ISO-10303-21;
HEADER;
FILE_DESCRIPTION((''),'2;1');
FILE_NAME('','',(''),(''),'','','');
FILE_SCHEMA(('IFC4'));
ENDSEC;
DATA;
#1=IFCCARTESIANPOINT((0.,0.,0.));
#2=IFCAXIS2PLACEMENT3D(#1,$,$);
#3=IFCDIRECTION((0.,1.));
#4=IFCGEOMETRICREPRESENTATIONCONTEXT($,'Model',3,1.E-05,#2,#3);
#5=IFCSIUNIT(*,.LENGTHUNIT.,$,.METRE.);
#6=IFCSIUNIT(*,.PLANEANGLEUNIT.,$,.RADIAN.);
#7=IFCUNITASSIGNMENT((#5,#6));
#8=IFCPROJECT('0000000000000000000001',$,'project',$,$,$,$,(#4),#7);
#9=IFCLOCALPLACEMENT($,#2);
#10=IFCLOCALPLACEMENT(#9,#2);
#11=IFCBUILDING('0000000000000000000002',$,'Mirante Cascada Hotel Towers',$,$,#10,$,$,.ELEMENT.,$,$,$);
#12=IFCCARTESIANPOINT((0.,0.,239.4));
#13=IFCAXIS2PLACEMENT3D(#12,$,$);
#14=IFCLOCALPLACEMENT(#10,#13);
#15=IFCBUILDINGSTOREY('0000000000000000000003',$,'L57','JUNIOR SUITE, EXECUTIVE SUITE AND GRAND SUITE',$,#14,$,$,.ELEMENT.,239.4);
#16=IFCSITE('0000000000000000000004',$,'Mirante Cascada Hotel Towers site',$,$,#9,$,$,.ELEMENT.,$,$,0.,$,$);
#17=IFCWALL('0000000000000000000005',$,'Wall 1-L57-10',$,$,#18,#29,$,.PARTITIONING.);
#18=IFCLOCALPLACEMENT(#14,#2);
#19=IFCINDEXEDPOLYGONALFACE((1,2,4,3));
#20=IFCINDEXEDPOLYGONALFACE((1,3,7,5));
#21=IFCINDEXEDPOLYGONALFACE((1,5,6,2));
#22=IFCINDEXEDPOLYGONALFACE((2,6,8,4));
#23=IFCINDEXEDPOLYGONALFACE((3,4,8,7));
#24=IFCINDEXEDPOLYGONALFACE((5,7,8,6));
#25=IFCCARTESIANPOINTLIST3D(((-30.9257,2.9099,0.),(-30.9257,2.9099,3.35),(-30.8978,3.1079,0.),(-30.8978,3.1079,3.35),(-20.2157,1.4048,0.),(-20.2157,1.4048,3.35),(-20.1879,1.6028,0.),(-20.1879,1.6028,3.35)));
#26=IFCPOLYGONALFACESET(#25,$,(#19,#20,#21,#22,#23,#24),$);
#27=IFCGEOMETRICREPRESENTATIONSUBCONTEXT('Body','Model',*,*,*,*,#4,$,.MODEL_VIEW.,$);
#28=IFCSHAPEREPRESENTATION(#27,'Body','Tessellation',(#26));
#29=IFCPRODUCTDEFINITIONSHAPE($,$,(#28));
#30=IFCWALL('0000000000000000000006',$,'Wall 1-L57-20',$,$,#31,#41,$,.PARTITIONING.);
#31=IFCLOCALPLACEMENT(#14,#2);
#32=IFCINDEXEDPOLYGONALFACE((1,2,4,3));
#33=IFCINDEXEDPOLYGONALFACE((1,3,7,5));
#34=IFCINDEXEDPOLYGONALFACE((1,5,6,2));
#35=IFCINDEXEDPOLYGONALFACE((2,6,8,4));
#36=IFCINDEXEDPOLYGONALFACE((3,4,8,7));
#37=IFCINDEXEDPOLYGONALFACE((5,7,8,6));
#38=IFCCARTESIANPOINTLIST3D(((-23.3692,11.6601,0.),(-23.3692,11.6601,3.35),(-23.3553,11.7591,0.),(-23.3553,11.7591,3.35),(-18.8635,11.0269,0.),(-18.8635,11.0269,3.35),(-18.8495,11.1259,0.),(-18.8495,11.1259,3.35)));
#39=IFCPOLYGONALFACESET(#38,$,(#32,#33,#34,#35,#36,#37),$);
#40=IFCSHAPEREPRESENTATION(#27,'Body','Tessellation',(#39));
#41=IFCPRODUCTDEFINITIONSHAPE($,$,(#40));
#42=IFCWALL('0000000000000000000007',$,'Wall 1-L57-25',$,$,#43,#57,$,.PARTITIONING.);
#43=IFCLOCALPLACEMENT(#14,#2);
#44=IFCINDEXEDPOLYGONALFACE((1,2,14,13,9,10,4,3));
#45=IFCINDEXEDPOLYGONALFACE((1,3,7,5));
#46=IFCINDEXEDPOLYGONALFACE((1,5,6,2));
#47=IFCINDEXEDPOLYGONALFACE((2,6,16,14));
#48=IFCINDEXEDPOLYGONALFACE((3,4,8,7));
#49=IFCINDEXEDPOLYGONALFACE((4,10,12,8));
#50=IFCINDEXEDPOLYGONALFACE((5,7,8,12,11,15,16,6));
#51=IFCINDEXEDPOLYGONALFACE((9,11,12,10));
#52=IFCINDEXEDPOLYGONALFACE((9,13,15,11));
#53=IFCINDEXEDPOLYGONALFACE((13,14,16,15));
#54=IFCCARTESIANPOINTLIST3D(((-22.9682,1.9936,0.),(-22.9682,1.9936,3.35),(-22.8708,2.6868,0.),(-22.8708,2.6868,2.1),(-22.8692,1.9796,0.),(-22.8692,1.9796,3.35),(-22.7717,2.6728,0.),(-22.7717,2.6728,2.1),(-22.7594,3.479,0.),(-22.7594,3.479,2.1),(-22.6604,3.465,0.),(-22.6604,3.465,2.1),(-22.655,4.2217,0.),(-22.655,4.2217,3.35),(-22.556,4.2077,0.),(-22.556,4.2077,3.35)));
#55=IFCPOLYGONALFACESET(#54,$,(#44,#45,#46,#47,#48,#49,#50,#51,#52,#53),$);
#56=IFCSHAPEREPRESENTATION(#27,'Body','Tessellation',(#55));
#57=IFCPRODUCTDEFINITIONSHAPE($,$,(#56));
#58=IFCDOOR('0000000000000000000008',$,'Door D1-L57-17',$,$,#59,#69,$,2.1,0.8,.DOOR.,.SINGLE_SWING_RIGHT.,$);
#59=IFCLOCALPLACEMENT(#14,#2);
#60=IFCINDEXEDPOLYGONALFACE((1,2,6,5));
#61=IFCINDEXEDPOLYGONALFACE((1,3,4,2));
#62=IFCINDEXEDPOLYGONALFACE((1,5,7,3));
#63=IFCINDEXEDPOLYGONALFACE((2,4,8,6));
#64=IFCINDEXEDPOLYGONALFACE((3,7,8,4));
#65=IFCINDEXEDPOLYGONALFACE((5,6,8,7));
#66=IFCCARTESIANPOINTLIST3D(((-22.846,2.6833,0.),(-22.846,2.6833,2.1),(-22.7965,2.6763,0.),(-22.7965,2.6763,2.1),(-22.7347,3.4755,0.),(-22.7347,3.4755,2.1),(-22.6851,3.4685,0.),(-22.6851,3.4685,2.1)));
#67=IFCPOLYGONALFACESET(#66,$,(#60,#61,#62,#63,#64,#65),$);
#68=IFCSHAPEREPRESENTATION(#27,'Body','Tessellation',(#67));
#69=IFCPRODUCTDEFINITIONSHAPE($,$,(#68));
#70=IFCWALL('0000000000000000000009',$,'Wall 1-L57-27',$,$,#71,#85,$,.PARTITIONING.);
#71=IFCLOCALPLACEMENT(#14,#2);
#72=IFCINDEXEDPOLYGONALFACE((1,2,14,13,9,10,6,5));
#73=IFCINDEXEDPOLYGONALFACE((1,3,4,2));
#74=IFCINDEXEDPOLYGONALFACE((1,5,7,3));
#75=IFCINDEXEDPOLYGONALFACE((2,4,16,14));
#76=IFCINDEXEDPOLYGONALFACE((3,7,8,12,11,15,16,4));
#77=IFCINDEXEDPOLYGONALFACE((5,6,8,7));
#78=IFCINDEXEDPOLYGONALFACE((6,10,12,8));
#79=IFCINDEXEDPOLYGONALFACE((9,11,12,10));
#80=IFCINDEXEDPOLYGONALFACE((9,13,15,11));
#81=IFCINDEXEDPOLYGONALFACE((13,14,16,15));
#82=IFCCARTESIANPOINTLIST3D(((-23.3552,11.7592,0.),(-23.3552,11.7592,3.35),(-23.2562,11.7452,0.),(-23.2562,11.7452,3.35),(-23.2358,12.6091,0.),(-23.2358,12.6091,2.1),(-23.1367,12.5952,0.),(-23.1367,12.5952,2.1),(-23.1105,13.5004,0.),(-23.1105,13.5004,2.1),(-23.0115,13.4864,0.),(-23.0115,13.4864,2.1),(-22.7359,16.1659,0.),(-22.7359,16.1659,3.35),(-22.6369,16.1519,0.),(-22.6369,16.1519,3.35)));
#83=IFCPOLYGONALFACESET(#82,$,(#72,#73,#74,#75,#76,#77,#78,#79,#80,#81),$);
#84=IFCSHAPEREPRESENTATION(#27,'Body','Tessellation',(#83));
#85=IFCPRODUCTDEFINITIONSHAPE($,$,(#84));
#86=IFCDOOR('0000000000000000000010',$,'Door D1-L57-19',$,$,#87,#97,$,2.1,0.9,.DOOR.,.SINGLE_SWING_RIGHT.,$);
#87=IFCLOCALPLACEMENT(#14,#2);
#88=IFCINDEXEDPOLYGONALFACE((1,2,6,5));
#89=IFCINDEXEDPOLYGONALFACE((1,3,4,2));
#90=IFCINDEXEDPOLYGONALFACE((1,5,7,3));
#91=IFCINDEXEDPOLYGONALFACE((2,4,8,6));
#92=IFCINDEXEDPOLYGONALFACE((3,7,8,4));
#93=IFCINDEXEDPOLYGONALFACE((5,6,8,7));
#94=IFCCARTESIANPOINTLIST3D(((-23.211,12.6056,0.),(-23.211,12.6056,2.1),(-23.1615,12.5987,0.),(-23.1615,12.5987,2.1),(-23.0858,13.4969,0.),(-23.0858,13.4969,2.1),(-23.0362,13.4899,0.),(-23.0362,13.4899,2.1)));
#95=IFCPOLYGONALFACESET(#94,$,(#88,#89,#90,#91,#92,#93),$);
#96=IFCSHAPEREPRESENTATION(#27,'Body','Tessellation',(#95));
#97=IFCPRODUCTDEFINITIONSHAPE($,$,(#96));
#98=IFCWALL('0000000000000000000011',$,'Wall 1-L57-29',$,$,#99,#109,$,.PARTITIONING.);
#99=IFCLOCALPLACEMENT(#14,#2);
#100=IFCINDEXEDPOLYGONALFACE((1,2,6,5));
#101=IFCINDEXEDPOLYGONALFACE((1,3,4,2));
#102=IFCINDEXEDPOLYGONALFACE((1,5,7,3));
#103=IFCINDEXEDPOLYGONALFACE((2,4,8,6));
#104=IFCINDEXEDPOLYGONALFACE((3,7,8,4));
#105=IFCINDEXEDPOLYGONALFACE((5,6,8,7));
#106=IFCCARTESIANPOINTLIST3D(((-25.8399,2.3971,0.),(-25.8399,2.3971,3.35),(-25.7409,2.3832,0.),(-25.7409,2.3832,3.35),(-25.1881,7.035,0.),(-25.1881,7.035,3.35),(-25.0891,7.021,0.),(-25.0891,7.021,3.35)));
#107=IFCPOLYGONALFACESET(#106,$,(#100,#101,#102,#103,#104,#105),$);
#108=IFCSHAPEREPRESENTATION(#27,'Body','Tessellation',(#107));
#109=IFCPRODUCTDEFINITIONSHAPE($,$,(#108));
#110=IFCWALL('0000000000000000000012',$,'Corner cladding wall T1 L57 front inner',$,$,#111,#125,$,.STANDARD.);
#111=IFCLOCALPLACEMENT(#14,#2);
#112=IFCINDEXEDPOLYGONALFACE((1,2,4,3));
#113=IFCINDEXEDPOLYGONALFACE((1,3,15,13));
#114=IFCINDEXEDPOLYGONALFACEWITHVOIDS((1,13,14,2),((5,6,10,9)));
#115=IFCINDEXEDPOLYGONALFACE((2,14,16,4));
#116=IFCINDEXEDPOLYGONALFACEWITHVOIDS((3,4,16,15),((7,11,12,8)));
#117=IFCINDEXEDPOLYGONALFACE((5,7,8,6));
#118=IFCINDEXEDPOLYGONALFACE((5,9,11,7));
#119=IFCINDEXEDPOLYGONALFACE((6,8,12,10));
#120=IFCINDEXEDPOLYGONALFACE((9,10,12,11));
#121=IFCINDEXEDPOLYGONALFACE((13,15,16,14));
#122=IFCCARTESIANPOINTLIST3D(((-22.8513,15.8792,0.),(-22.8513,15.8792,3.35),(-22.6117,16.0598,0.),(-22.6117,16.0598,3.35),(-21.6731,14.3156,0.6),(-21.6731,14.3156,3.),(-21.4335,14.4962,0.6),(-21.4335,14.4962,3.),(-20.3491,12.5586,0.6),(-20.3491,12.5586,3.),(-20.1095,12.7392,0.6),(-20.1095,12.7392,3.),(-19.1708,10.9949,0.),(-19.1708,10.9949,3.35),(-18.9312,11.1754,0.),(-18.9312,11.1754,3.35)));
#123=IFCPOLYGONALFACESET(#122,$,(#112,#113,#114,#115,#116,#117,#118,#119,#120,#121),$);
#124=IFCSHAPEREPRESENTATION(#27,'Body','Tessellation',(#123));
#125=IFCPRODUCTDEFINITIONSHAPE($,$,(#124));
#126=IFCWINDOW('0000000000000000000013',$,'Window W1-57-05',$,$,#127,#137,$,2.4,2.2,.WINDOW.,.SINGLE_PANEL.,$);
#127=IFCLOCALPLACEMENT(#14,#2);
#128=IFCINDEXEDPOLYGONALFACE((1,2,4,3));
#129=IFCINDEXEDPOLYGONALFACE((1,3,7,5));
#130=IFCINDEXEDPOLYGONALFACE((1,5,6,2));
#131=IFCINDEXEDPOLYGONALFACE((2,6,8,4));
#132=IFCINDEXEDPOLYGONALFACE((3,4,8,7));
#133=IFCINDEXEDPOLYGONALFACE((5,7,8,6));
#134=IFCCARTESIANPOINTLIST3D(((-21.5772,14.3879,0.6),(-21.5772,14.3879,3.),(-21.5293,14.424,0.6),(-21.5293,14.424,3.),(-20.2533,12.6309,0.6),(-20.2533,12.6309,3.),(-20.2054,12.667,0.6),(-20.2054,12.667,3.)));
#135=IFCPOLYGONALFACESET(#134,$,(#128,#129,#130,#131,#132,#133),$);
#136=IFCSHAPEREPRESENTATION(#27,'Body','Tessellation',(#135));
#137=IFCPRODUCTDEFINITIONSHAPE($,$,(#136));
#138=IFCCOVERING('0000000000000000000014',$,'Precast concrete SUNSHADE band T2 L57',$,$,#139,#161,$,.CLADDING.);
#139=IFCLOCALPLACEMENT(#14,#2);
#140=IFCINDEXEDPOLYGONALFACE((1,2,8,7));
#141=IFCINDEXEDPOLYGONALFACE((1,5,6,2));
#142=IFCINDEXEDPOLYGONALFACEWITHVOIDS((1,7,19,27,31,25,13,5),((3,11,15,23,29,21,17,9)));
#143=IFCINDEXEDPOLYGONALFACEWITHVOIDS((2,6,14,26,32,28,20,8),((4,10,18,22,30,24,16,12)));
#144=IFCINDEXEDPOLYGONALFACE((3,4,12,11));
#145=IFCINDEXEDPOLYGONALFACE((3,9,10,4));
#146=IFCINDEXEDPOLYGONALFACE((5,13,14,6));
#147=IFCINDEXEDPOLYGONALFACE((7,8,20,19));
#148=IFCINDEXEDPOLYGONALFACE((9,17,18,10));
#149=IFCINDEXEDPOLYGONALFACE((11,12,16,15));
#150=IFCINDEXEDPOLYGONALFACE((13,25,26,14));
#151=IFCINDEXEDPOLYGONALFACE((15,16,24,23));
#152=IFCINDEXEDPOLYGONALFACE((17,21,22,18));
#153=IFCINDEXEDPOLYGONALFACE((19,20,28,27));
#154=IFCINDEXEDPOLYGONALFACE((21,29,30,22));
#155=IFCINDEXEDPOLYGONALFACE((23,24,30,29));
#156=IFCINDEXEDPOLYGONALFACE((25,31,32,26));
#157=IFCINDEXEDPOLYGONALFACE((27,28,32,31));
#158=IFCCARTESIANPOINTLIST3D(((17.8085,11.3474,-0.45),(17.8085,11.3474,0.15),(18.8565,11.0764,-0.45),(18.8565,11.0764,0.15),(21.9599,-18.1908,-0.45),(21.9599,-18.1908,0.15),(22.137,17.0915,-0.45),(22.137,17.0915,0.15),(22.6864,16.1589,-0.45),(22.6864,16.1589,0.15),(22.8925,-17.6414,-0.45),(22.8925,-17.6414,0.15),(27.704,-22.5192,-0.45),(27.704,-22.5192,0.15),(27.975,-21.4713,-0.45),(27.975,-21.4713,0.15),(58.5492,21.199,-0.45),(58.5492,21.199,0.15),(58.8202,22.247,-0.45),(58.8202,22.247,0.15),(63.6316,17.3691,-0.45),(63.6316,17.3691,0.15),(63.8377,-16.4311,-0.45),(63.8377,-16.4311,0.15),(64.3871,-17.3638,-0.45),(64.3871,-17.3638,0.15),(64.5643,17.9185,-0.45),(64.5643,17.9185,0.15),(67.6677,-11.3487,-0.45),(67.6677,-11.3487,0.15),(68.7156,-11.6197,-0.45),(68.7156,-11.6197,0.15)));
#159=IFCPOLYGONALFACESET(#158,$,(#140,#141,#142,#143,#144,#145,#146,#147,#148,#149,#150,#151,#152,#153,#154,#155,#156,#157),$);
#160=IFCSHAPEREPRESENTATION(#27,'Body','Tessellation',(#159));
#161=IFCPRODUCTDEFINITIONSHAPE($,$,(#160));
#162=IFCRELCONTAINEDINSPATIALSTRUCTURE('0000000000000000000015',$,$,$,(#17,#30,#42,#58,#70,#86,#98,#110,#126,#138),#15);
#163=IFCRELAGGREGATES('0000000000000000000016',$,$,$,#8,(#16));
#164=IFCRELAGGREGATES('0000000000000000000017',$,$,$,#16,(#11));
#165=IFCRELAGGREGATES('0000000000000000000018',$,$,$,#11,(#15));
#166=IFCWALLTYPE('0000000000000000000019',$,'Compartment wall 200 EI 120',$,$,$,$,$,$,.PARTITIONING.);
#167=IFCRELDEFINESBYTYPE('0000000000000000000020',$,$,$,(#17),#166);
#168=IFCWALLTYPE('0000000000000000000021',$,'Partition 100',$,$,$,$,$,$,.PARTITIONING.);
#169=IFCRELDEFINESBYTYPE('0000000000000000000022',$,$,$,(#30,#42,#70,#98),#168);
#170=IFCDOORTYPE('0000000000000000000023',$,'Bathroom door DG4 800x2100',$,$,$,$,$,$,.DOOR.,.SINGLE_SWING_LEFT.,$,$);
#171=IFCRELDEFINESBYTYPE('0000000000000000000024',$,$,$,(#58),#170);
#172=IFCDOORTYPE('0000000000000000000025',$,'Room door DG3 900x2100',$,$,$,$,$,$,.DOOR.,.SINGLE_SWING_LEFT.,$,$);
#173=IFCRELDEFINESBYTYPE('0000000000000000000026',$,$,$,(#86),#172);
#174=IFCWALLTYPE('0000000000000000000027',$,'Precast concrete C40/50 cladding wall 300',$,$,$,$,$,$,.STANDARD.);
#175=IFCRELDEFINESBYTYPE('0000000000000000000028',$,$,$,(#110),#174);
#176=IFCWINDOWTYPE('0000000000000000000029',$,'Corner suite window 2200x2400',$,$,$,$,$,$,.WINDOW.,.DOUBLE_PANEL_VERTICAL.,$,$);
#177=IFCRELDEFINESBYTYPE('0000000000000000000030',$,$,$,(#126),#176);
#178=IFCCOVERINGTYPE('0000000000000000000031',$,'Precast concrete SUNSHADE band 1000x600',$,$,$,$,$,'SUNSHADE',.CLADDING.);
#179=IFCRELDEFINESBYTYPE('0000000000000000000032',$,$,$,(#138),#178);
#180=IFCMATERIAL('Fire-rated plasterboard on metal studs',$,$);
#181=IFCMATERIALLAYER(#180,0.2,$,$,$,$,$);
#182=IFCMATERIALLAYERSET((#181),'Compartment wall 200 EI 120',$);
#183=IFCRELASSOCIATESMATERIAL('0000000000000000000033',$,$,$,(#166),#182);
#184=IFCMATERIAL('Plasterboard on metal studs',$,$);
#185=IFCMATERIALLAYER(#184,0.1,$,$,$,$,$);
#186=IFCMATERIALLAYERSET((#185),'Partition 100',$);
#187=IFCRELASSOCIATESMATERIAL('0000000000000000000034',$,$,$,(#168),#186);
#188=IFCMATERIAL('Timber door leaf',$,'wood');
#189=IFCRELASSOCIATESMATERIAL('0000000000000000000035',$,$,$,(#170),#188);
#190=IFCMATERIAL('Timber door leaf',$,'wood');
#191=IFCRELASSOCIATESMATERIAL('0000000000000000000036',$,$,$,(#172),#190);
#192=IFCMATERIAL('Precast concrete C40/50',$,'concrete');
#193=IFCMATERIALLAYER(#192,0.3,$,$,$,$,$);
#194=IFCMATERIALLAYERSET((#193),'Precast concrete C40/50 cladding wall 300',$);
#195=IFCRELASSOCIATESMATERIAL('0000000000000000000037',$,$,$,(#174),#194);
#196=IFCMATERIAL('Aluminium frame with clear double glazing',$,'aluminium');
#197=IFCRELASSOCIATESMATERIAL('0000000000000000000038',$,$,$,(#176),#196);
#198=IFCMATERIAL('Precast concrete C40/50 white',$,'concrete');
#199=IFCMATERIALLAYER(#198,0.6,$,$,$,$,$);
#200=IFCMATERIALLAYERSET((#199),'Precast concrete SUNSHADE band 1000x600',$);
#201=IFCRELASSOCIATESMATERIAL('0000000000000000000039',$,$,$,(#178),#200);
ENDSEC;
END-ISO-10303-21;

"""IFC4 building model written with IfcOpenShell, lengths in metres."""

from ifc_helpers import new_model, si_unit, direction, frame, frame_2d, origin, place, context, subcontext, project, spatial, polyline, rectangle, outline, extrude, material, layer, layer_set, type_object, element, fill, save


model = new_model("IFC4")

# Units and contexts
model_context = context("Model", 3, precision=1e-05, world=origin(), true_north=direction((0.0, 1.0)))
body_context = subcontext(model_context, "Body", "Model", "MODEL_VIEW")
ifc_project = project(units=[si_unit("LENGTHUNIT", "METRE"), si_unit("PLANEANGLEUNIT", "RADIAN")], contexts=[model_context])

# Site, building, storey
site_placement = place(None, origin())
site = spatial("IfcSite", under=ifc_project, at=site_placement, Name="Mirante Cascada Hotel Towers site", CompositionType="ELEMENT", RefElevation=0.0)
building_placement = place(site_placement, origin())
building = spatial("IfcBuilding", under=site, at=building_placement, Name="Mirante Cascada Hotel Towers", CompositionType="ELEMENT")
storey_placement = place(building_placement, frame((0.0, 0.0, 239.4)))
storey = spatial("IfcBuildingStorey", under=building, at=storey_placement, Name="L57", Description="JUNIOR SUITE, EXECUTIVE SUITE AND GRAND SUITE", CompositionType="ELEMENT", Elevation=239.4)

# Walls
ifc_material_1 = material(Name="Fire-rated plasterboard on metal studs")
ifc_layer_1 = layer(ifc_material_1, 0.2)
ifc_layer_set_1 = layer_set([ifc_layer_1], Name="Compartment wall 200 EI 120")
wall_type_1 = type_object("IfcWallType", Name="Compartment wall 200 EI 120", PredefinedType="PARTITIONING", material=ifc_layer_set_1)
wall_1_placement = place(storey_placement, frame((-20.2018, 1.5038, 0.0), z_axis=(0.0, 0.0, 1.0), x_axis=(-0.990269, 0.139165, 0.0)))
element("IfcWall", 1, at=wall_1_placement, inside=storey, type_object=wall_type_1, Name="Wall 1-L57-10", PredefinedType="PARTITIONING", context=body_context, shape_type="SweptSolid", body=[
    extrude(rectangle(XDim=10.8152, YDim=0.2, at=frame_2d((5.4076, 0.0))), origin(), (0.0, 0.0, 1.0), 3.35),
])
ifc_material_2 = material(Name="Plasterboard on metal studs")
ifc_layer_2 = layer(ifc_material_2, 0.1)
ifc_layer_set_2 = layer_set([ifc_layer_2], Name="Partition 100")
wall_type_2 = type_object("IfcWallType", Name="Partition 100", PredefinedType="PARTITIONING", material=ifc_layer_set_2)
wall_2_placement = place(storey_placement, frame((-18.8565, 11.0764, 0.0), z_axis=(0.0, 0.0, 1.0), x_axis=(-0.990269, 0.139166, 0.0)))
element("IfcWall", 2, at=wall_2_placement, inside=storey, type_object=wall_type_2, Name="Wall 1-L57-20", PredefinedType="PARTITIONING", context=body_context, shape_type="SweptSolid", body=[
    extrude(rectangle(XDim=4.55, YDim=0.1, at=frame_2d((2.275, 0.0))), origin(), (0.0, 0.0, 1.0), 3.35),
])

# Walls, openings, doors
wall_3_placement = place(storey_placement, frame((-22.6055, 4.2147, 0.0), z_axis=(0.0, 0.0, 1.0), x_axis=(-0.1392, -0.990264, 0.0)))
wall_3 = element("IfcWall", 3, at=wall_3_placement, inside=storey, type_object=wall_type_2, Name="Wall 1-L57-25", PredefinedType="PARTITIONING", context=body_context, shape_type="SweptSolid", body=[
    extrude(rectangle(XDim=2.25, YDim=0.1, at=frame_2d((1.125, 0.0))), origin(), (0.0, 0.0, 1.0), 3.35),
])
opening_1_placement = place(wall_3_placement, frame((0.75, 0.0, 0.0)))
opening_1 = element("IfcOpeningElement", 4, at=opening_1_placement, cuts=wall_3, PredefinedType="OPENING", context=body_context, shape_type="SweptSolid", body=[
    extrude(rectangle(XDim=0.8, YDim=2.1, at=frame_2d((0.4, 1.05))), frame((0.0, 0.05, 0.0), z_axis=(0.0, -1.0, 0.0), x_axis=(1.0, 0.0, 0.0)), (0.0, 0.0, 1.0), 0.1),
])
ifc_material_3 = material(Name="Timber door leaf", Category="wood")
door_type_1 = type_object("IfcDoorType", Name="Bathroom door DG4 800x2100", OperationType="SINGLE_SWING_LEFT", PredefinedType="DOOR", material=ifc_material_3)
door_1_placement = place(opening_1_placement, frame((0.8, 0.0, 0.0), z_axis=(0.0, 0.0, 1.0), x_axis=(-1.0, 0.0, 0.0)))
door_1 = element("IfcDoor", 5, at=door_1_placement, inside=storey, type_object=door_type_1, Name="Door D1-L57-17", OperationType="SINGLE_SWING_RIGHT", OverallHeight=2.1, OverallWidth=0.8, PredefinedType="DOOR", context=body_context, shape_type="SweptSolid", body=[
    extrude(rectangle(XDim=0.8, YDim=2.1, at=frame_2d((0.4, 1.05))), frame((0.0, 0.025, 0.0), z_axis=(0.0, -1.0, 0.0), x_axis=(1.0, 0.0, 0.0)), (0.0, 0.0, 1.0), 0.05),
])
fill(opening_1, door_1)
wall_4_placement = place(storey_placement, frame((-22.6864, 16.1589, 0.0), z_axis=(0.0, 0.0, 1.0), x_axis=(-0.139168, -0.990269, 0.0)))
wall_4 = element("IfcWall", 6, at=wall_4_placement, inside=storey, type_object=wall_type_2, Name="Wall 1-L57-27", PredefinedType="PARTITIONING", context=body_context, shape_type="SweptSolid", body=[
    extrude(rectangle(XDim=4.45, YDim=0.1, at=frame_2d((2.225, 0.0))), origin(), (0.0, 0.0, 1.0), 3.35),
])
opening_2_placement = place(wall_4_placement, frame((2.6917, 0.0, 0.0)))
opening_2 = element("IfcOpeningElement", 7, at=opening_2_placement, cuts=wall_4, PredefinedType="OPENING", context=body_context, shape_type="SweptSolid", body=[
    extrude(rectangle(XDim=0.9, YDim=2.1, at=frame_2d((0.45, 1.05))), frame((0.0, 0.05, 0.0), z_axis=(0.0, -1.0, 0.0), x_axis=(1.0, 0.0, 0.0)), (0.0, 0.0, 1.0), 0.1),
])
ifc_material_4 = material(Name="Timber door leaf", Category="wood")
door_type_2 = type_object("IfcDoorType", Name="Room door DG3 900x2100", OperationType="SINGLE_SWING_LEFT", PredefinedType="DOOR", material=ifc_material_4)
door_2_placement = place(opening_2_placement, frame((0.9, 0.0, 0.0), z_axis=(0.0, 0.0, 1.0), x_axis=(-1.0, 0.0, 0.0)))
door_2 = element("IfcDoor", 8, at=door_2_placement, inside=storey, type_object=door_type_2, Name="Door D1-L57-19", OperationType="SINGLE_SWING_RIGHT", OverallHeight=2.1, OverallWidth=0.9, PredefinedType="DOOR", context=body_context, shape_type="SweptSolid", body=[
    extrude(rectangle(XDim=0.9, YDim=2.1, at=frame_2d((0.45, 1.05))), frame((0.0, 0.025, 0.0), z_axis=(0.0, -1.0, 0.0), x_axis=(1.0, 0.0, 0.0)), (0.0, 0.0, 1.0), 0.05),
])
fill(opening_2, door_2)

# Wall
wall_5_placement = place(storey_placement, frame((-25.1386, 7.028, 0.0), z_axis=(0.0, 0.0, 1.0), x_axis=(-0.139173, -0.990268, 0.0)))
element("IfcWall", 9, at=wall_5_placement, inside=storey, type_object=wall_type_2, Name="Wall 1-L57-29", PredefinedType="PARTITIONING", context=body_context, shape_type="SweptSolid", body=[
    extrude(rectangle(XDim=4.6834, YDim=0.1, at=frame_2d((2.3417, 0.0))), origin(), (0.0, 0.0, 1.0), 3.35),
])

# Wall, opening, window
ifc_material_5 = material(Name="Precast concrete C40/50", Category="concrete")
ifc_layer_3 = layer(ifc_material_5, 0.3)
ifc_layer_set_3 = layer_set([ifc_layer_3], Name="Precast concrete C40/50 cladding wall 300")
wall_type_3 = type_object("IfcWallType", Name="Precast concrete C40/50 cladding wall 300", PredefinedType="STANDARD", material=ifc_layer_set_3)
wall_6_placement = place(storey_placement, frame((-22.7315, 15.9695, 0.0), z_axis=(0.0, 0.0, 1.0), x_axis=(0.601806, -0.798642, 0.0)))
wall_6 = element("IfcWall", 10, at=wall_6_placement, inside=storey, type_object=wall_type_3, Name="Corner cladding wall T1 L57 front inner", PredefinedType="STANDARD", context=body_context, shape_type="SweptSolid", body=[
    extrude(rectangle(XDim=6.1158, YDim=0.3, at=frame_2d((3.0579, 0.0))), origin(), (0.0, 0.0, 1.0), 3.35),
])
opening_3_placement = place(wall_6_placement, frame((1.9578, 0.0, 0.6)))
opening_3 = element("IfcOpeningElement", 11, at=opening_3_placement, cuts=wall_6, PredefinedType="OPENING", context=body_context, shape_type="SweptSolid", body=[
    extrude(rectangle(XDim=2.2, YDim=2.4, at=frame_2d((1.1, 1.2))), frame((0.0, 0.15, 0.0), z_axis=(0.0, -1.0, 0.0), x_axis=(1.0, 0.0, 0.0)), (0.0, 0.0, 1.0), 0.3),
])
ifc_material_6 = material(Name="Aluminium frame with clear double glazing", Category="aluminium")
window_type = type_object("IfcWindowType", Name="Corner suite window 2200x2400", PartitioningType="DOUBLE_PANEL_VERTICAL", PredefinedType="WINDOW", material=ifc_material_6)
window_placement = place(opening_3_placement, origin())
window = element("IfcWindow", 12, at=window_placement, inside=storey, type_object=window_type, Name="Window W1-57-05", OverallHeight=2.4, OverallWidth=2.2, PartitioningType="SINGLE_PANEL", PredefinedType="WINDOW", context=body_context, shape_type="SweptSolid", body=[
    extrude(rectangle(XDim=2.2, YDim=2.4, at=frame_2d((1.1, 1.2))), frame((0.0, 0.03, 0.0), z_axis=(0.0, -1.0, 0.0), x_axis=(1.0, 0.0, 0.0)), (0.0, 0.0, 1.0), 0.06),
])
fill(opening_3, window)

# Covering
ifc_material_7 = material(Name="Precast concrete C40/50 white", Category="concrete")
ifc_layer_4 = layer(ifc_material_7, 0.6)
ifc_layer_set_4 = layer_set([ifc_layer_4], Name="Precast concrete SUNSHADE band 1000x600")
covering_type = type_object("IfcCoveringType", Name="Precast concrete SUNSHADE band 1000x600", ElementType="SUNSHADE", PredefinedType="CLADDING", material=ifc_layer_set_4)
covering_placement = place(storey_placement, frame((0.0, 0.0, -0.45)))
element("IfcCovering", 13, at=covering_placement, inside=storey, type_object=covering_type, Name="Precast concrete SUNSHADE band T2 L57", PredefinedType="CLADDING", context=body_context, shape_type="SweptSolid", body=[
    extrude(outline(polyline([(17.8085, 11.3474), (22.137, 17.0915), (58.8202, 22.247), (64.5643, 17.9185), (68.7156, -11.6197), (64.3871, -17.3638), (27.704, -22.5192), (21.9599, -18.1908), (17.8085, 11.3474)]), holes=[polyline([(67.6677, -11.3487), (63.6316, 17.3691), (58.5492, 21.199), (22.6864, 16.1589), (18.8565, 11.0764), (22.8925, -17.6414), (27.975, -21.4713), (63.8377, -16.4311), (67.6677, -11.3487)])]), origin(), (0.0, 0.0, 1.0), 0.6),
])

save(model, "model.ifc")
